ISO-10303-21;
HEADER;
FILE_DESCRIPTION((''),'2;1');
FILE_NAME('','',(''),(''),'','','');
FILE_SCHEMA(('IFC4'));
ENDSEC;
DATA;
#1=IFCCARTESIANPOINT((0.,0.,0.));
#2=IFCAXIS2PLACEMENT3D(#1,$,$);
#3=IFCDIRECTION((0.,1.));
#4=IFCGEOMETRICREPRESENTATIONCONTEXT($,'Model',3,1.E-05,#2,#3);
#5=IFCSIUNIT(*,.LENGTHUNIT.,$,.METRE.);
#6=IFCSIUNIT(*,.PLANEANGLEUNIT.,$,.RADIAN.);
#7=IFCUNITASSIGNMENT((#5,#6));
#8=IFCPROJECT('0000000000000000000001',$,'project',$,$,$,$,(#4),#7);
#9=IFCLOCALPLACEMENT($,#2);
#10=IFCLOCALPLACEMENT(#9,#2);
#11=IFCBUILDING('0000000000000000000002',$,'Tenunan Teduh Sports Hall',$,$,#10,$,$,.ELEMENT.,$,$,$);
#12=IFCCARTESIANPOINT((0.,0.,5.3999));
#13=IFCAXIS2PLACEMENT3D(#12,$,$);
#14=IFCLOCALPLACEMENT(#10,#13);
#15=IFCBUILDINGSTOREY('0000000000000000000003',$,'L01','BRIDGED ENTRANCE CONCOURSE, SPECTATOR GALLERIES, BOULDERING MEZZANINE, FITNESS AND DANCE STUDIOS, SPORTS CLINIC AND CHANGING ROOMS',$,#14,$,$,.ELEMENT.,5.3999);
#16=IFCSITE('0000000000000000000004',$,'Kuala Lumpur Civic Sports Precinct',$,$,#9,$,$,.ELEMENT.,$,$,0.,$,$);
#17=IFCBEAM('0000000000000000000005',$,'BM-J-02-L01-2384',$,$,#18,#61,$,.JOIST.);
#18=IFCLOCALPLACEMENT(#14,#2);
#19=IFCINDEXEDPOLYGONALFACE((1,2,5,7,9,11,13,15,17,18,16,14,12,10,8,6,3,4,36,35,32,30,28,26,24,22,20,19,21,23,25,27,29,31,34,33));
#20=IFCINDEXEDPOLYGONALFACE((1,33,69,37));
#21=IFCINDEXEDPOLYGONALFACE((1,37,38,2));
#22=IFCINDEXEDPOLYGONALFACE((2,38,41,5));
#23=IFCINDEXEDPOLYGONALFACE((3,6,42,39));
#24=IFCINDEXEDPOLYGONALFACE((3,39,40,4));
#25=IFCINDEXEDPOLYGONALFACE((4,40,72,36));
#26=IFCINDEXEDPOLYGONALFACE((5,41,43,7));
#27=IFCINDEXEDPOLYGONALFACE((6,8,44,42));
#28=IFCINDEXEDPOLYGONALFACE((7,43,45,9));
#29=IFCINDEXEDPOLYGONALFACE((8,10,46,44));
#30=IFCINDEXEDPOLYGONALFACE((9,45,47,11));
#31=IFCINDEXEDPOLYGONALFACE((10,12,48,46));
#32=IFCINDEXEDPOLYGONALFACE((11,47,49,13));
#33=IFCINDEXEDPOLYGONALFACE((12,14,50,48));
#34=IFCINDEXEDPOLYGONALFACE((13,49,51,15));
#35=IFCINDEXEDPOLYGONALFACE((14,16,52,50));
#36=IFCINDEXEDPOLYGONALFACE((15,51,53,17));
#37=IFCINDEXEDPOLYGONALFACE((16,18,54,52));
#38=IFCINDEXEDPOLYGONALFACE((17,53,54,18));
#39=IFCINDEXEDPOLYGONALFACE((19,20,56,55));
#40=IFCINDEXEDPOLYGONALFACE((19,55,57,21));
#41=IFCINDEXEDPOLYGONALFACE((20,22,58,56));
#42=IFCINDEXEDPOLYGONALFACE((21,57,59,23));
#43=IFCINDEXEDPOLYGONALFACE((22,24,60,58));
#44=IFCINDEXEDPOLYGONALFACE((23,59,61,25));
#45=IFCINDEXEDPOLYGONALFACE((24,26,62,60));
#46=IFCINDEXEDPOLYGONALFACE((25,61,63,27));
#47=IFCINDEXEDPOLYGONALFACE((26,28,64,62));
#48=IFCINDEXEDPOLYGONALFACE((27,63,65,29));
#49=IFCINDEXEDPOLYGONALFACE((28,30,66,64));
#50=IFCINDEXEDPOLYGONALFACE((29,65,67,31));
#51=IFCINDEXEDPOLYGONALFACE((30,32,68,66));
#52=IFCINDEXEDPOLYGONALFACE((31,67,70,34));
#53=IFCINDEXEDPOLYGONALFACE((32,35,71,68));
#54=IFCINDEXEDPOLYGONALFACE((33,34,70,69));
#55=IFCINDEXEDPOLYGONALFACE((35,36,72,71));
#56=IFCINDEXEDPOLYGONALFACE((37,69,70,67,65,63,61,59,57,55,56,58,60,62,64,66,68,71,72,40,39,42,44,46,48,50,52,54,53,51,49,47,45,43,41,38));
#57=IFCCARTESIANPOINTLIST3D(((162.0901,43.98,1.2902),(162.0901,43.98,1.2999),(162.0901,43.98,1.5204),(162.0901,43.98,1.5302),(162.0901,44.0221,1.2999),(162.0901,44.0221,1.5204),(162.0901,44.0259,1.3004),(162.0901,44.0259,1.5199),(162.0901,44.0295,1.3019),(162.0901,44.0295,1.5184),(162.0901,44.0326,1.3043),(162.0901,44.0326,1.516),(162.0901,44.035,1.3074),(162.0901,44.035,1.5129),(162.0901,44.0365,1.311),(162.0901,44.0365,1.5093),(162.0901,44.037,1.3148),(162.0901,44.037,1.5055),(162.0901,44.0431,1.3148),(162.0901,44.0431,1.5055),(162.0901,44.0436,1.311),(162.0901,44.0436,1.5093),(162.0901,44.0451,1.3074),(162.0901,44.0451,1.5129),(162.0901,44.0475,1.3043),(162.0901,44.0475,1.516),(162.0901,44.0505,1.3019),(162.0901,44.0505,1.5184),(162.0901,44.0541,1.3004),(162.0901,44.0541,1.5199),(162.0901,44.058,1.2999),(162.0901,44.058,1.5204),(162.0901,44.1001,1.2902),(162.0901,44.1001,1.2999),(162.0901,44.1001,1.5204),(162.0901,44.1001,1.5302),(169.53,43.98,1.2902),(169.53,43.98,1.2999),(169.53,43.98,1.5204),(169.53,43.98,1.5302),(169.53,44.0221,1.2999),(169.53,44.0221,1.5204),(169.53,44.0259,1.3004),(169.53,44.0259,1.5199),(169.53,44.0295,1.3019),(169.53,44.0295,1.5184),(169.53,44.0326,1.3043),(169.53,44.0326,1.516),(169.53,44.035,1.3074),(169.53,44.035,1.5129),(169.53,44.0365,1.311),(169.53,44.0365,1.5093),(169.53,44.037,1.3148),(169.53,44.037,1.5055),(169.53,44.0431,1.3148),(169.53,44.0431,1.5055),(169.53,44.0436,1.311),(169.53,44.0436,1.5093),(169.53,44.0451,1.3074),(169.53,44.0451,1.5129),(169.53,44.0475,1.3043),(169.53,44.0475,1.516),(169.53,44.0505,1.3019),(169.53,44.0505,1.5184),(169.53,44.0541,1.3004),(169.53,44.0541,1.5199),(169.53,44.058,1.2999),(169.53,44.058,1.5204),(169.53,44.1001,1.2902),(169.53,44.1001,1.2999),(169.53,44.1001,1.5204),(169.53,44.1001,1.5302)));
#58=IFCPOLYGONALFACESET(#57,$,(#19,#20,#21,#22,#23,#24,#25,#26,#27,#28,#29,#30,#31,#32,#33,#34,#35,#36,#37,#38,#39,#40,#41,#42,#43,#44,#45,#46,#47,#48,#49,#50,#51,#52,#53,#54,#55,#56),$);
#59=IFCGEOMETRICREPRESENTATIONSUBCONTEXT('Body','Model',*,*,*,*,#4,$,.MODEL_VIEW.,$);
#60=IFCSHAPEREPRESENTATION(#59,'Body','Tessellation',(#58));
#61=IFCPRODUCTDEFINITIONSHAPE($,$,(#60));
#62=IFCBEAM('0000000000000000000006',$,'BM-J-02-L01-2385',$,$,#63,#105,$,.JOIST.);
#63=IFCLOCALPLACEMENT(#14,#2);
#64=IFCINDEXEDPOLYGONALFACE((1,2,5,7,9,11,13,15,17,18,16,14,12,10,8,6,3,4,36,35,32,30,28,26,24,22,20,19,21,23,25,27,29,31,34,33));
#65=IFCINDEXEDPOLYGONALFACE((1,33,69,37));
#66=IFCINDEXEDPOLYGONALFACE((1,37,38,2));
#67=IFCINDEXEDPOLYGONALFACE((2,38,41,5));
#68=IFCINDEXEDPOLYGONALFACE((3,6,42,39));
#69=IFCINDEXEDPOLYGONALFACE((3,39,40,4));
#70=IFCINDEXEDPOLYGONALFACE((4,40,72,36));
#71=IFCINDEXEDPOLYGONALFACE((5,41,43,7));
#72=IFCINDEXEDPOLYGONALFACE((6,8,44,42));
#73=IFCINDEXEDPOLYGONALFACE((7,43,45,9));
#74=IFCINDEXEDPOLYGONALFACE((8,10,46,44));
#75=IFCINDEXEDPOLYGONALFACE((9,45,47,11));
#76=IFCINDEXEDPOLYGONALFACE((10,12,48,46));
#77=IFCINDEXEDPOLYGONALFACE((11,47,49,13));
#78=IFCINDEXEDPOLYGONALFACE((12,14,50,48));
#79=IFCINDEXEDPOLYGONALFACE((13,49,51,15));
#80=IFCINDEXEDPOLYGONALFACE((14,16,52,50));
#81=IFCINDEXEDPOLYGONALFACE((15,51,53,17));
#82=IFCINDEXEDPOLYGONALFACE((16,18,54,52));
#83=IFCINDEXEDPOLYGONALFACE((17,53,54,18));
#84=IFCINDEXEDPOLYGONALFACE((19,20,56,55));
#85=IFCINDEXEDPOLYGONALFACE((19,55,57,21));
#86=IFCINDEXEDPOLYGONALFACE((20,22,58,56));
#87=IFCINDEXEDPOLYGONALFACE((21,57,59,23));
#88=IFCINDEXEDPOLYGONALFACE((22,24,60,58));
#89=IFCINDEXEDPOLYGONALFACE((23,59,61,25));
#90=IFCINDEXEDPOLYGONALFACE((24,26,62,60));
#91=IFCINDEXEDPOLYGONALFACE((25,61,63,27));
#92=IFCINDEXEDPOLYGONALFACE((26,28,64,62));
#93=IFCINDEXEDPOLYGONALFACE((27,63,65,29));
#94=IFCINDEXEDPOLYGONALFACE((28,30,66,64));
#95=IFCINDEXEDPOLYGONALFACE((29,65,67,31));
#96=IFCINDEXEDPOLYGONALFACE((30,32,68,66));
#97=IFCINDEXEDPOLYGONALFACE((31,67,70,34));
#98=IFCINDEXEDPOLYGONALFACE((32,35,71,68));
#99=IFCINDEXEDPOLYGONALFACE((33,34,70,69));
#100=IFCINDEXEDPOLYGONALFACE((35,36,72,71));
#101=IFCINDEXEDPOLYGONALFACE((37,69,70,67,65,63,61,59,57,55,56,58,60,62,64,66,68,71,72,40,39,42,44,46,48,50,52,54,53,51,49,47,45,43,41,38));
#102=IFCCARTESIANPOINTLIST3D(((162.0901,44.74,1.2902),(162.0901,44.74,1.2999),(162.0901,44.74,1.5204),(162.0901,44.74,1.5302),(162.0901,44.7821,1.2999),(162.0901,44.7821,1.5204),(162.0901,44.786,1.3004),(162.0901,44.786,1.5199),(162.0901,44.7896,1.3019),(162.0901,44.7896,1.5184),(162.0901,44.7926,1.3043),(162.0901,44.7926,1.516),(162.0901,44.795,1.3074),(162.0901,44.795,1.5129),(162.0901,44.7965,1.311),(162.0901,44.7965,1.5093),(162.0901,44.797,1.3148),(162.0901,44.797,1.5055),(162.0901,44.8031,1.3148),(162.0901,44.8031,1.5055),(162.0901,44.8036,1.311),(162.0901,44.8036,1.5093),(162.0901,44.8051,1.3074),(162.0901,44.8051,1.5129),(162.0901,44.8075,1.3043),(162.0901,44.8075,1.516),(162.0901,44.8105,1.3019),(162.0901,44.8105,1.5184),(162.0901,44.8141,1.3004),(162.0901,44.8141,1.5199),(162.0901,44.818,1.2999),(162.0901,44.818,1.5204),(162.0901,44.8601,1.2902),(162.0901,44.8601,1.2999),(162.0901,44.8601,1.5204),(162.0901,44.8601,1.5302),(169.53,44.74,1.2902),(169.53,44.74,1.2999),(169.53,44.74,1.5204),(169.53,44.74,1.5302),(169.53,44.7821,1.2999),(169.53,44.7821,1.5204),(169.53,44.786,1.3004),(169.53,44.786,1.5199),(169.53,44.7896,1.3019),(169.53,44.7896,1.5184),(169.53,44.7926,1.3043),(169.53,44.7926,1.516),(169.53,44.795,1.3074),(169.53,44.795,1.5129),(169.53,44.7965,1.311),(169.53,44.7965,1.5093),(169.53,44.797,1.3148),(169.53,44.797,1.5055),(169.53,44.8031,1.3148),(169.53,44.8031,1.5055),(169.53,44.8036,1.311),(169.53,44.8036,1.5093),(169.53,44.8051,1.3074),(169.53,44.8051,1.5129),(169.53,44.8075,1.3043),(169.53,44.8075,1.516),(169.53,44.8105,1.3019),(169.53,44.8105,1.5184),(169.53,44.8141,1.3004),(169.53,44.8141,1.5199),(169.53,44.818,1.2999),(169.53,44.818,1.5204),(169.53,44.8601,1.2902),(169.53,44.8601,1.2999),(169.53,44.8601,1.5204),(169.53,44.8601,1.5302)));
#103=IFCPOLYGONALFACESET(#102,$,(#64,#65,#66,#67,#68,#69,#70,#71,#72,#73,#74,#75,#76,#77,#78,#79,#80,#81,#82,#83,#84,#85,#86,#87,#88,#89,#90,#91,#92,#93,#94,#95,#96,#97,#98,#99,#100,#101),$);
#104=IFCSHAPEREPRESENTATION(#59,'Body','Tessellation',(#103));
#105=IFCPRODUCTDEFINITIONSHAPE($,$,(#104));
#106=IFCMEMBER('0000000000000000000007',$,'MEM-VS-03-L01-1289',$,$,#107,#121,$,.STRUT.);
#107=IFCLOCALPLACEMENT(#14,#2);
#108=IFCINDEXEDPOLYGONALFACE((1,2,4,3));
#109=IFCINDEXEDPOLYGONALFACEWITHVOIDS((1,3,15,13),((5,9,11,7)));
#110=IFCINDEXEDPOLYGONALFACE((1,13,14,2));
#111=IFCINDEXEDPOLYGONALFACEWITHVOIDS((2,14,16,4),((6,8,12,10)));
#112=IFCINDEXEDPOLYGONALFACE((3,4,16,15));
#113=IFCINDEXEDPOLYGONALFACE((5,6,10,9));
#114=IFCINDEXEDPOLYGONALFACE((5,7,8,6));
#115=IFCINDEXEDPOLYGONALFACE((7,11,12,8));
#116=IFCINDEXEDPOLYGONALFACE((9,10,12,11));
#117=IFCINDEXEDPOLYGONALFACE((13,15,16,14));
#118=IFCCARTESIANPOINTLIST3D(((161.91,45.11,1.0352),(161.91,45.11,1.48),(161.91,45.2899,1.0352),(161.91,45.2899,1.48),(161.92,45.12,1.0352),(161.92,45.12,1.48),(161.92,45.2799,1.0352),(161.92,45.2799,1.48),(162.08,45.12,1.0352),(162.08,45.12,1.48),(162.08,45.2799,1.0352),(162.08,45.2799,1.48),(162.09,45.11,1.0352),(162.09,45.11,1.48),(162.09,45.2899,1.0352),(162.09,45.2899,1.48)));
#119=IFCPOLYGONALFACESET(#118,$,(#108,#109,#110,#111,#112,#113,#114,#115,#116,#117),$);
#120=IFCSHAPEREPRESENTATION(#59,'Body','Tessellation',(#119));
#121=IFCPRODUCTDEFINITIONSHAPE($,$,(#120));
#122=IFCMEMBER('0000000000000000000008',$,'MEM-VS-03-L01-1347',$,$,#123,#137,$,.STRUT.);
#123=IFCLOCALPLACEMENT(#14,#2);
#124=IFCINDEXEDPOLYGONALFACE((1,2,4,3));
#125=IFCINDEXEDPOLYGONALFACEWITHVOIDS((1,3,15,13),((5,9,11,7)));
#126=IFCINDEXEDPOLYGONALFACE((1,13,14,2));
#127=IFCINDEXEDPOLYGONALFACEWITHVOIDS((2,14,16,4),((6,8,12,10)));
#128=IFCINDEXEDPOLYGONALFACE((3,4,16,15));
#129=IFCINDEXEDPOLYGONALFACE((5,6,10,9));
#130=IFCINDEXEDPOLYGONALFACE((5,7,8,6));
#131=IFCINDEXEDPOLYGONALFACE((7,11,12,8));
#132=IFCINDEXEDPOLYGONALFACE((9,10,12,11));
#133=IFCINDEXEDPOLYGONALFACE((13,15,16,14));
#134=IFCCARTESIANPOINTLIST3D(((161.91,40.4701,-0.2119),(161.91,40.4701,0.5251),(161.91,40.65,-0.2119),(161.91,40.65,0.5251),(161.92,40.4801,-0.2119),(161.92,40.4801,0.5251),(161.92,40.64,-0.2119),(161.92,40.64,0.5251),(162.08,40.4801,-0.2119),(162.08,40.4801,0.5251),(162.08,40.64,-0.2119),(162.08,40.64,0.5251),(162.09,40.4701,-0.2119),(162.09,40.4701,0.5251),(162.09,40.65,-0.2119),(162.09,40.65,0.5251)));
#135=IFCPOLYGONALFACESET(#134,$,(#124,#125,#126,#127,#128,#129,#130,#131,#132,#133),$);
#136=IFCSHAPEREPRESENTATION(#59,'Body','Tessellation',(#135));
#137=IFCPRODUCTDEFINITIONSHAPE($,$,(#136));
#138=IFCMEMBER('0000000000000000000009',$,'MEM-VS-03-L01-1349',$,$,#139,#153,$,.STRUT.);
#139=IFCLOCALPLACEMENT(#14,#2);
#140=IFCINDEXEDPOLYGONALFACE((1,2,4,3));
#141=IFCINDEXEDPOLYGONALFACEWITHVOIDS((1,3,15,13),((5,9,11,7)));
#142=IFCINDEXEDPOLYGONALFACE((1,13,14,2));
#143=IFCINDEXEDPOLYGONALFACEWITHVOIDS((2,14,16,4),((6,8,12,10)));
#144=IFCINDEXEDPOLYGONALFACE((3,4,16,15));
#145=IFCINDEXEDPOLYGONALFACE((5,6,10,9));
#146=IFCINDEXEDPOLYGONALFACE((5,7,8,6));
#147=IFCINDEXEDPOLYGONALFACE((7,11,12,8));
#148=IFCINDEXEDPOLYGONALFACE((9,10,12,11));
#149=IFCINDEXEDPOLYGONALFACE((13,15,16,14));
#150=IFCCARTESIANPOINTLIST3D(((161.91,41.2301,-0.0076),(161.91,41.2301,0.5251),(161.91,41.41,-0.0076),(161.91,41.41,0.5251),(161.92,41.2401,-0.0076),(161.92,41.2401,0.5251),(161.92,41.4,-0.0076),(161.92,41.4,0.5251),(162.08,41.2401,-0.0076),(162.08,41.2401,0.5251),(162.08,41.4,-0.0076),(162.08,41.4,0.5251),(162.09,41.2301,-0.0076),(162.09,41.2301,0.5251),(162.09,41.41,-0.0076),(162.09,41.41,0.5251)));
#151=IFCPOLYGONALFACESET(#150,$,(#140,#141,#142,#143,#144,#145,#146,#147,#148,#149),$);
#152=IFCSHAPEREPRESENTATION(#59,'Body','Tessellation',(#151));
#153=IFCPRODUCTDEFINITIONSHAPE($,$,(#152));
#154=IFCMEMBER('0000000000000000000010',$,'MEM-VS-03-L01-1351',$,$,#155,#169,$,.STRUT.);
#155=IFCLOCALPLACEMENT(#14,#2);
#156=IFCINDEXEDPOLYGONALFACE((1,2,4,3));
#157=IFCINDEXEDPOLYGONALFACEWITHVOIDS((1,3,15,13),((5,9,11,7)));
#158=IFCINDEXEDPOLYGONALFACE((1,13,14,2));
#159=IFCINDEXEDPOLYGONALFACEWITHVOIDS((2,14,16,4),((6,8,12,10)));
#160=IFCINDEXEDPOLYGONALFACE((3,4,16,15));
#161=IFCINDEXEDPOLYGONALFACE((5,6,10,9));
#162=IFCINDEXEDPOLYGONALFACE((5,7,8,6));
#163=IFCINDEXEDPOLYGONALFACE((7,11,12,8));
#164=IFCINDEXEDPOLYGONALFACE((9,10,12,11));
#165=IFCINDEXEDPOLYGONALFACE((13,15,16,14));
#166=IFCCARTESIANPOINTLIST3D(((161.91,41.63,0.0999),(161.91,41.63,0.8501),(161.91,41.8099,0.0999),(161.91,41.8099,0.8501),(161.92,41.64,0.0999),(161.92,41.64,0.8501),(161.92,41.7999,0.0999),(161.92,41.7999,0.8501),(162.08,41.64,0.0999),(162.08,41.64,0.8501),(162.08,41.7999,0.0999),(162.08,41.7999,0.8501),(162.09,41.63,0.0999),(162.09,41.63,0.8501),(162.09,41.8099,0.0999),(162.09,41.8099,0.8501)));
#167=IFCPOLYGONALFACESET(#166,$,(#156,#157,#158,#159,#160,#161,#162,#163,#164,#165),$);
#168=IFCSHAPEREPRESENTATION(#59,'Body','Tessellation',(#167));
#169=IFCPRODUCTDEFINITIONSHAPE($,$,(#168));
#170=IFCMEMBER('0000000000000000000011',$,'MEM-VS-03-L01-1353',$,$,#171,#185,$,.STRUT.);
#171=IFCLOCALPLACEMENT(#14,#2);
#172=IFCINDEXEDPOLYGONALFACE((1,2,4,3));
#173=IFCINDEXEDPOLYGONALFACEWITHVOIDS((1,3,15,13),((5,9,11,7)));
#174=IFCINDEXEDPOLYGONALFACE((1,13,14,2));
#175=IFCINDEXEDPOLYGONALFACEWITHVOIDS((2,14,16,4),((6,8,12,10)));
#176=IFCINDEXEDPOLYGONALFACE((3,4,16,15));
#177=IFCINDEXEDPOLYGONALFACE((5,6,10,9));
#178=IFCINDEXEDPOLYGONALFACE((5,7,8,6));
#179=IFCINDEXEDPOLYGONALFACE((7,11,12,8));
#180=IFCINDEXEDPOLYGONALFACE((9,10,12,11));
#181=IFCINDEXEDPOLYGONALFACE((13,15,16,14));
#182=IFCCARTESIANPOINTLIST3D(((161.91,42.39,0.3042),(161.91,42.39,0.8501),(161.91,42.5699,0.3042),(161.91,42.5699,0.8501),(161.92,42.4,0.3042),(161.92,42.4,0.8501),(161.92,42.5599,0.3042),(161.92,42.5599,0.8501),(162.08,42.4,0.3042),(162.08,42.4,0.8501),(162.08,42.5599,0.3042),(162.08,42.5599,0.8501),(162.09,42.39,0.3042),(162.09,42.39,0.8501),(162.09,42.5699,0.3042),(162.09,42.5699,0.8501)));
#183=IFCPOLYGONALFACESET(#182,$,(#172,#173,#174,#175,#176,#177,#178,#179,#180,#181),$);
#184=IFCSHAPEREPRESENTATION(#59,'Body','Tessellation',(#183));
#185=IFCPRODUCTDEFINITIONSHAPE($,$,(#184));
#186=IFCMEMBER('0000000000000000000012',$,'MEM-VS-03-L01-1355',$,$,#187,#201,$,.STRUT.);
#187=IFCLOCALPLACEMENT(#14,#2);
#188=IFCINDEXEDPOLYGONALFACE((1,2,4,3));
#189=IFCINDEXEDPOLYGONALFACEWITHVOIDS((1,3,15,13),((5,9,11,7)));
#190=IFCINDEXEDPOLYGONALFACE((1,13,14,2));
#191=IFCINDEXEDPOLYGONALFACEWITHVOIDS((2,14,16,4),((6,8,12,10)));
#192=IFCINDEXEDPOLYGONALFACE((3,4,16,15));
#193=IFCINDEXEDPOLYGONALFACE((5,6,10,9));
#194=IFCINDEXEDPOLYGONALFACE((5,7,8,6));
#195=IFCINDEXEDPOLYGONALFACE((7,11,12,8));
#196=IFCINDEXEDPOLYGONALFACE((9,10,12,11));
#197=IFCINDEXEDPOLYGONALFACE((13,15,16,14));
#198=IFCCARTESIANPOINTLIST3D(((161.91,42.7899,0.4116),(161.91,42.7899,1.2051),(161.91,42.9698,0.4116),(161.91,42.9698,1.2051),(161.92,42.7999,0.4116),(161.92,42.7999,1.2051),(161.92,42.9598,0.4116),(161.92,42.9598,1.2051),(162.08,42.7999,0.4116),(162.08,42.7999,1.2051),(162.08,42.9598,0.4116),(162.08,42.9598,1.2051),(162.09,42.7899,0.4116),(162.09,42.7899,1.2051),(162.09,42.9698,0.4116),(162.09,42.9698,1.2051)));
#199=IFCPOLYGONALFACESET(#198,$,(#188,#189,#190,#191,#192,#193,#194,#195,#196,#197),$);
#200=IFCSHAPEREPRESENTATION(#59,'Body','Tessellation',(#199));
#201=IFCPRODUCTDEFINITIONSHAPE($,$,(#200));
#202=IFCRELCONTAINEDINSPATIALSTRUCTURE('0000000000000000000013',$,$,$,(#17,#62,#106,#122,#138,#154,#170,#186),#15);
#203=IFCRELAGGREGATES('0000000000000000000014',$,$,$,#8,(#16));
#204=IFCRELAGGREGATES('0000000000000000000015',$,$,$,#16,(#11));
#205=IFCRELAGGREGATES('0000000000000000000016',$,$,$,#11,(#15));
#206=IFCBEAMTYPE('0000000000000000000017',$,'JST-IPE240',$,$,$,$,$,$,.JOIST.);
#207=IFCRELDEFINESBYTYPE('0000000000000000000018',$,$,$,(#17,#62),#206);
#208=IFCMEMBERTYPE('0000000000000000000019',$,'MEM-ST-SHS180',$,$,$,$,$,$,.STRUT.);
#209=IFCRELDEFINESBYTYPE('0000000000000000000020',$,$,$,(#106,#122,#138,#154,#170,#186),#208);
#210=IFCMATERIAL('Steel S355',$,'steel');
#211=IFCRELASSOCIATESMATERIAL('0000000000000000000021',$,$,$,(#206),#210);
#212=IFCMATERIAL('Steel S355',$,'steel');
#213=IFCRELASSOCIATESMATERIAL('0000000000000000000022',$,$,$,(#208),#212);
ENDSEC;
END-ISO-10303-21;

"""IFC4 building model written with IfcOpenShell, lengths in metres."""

from ifc_helpers import new_model, si_unit, direction, frame, origin, origin_2d, place, context, subcontext, project, spatial, hollow_rectangle, i_section, extrude, material, material_profile, profile_set, type_object, element, save


model = new_model("IFC4")

# Units and contexts
model_context = context("Model", 3, precision=1e-05, world=origin(), true_north=direction((0.0, 1.0)))
body_context = subcontext(model_context, "Body", "Model", "MODEL_VIEW")
ifc_project = project(units=[si_unit("LENGTHUNIT", "METRE"), si_unit("PLANEANGLEUNIT", "RADIAN")], contexts=[model_context])

# Site, building, storey
site_placement = place(None, origin())
site = spatial("IfcSite", under=ifc_project, at=site_placement, Name="Kuala Lumpur Civic Sports Precinct", CompositionType="ELEMENT", RefElevation=0.0)
building_placement = place(site_placement, origin())
building = spatial("IfcBuilding", under=site, at=building_placement, Name="Tenunan Teduh Sports Hall", CompositionType="ELEMENT")
storey_placement = place(building_placement, frame((0.0, 0.0, 5.3999)))
storey = spatial("IfcBuildingStorey", under=building, at=storey_placement, Name="L01", Description="BRIDGED ENTRANCE CONCOURSE, SPECTATOR GALLERIES, BOULDERING MEZZANINE, FITNESS AND DANCE STUDIOS, SPORTS CLINIC AND CHANGING ROOMS", CompositionType="ELEMENT", Elevation=5.3999)

# Beams
ifc_material_1 = material(Name="Steel S355", Category="steel")
ifc_material_profile_1 = material_profile(ifc_material_1, i_section(OverallWidth=0.1201, OverallDepth=0.24, WebThickness=0.0061, FlangeThickness=0.0098, FilletRadius=0.0149, at=origin_2d()), Name="IPE 240")
ifc_profile_set_1 = profile_set([ifc_material_profile_1], Name="Steel S355")
beam_type_1 = type_object("IfcBeamType", Name="JST-IPE240", PredefinedType="JOIST", material=ifc_profile_set_1)
for number, where, z_axis, x_axis, name in (
    (1, (162.0901, 44.04, 1.4102), (1.0, 0.0, 0.0), (0.0, 1.0, 0.0), "BM-J-02-L01-2384"),
    (2, (162.0901, 44.8, 1.4102), (1.0, 0.0, 0.0), (0.0, 1.0, 0.0), "BM-J-02-L01-2385"),
):
    element("IfcBeam", number, at=place(storey_placement, frame(where, z_axis=z_axis, x_axis=x_axis)), inside=storey, type_object=beam_type_1, Name=name, PredefinedType="JOIST", context=body_context, shape_type="SweptSolid", body=[
        extrude(i_section(OverallWidth=0.1201, OverallDepth=0.24, WebThickness=0.0061, FlangeThickness=0.0098, FilletRadius=0.0149, at=origin_2d()), origin(), (0.0, 0.0, 1.0), 7.4399),
    ])

# Members
ifc_material_2 = material(Name="Steel S355", Category="steel")
ifc_material_profile_2 = material_profile(ifc_material_2, hollow_rectangle(XDim=0.1799, YDim=0.1799, WallThickness=0.01, at=origin_2d()), Name="SHS 180x180x10.0")
ifc_profile_set_2 = profile_set([ifc_material_profile_2], Name="Steel S355")
member_type_1 = type_object("IfcMemberType", Name="MEM-ST-SHS180", PredefinedType="STRUT", material=ifc_profile_set_2)
member_1_placement = place(storey_placement, frame((162.0, 45.2, 1.0352), z_axis=(0.0, 0.0, 1.0), x_axis=(1.0, 0.0, 0.0)))
element("IfcMember", 3, at=member_1_placement, inside=storey, type_object=member_type_1, Name="MEM-VS-03-L01-1289", PredefinedType="STRUT", context=body_context, shape_type="SweptSolid", body=[
    extrude(hollow_rectangle(XDim=0.1799, YDim=0.1799, WallThickness=0.01, at=origin_2d()), origin(), (0.0, 0.0, 1.0), 0.4448),
])
member_2_placement = place(storey_placement, frame((162.0, 40.5601, -0.2119), z_axis=(0.0, 0.0, 1.0), x_axis=(1.0, 0.0, 0.0)))
element("IfcMember", 4, at=member_2_placement, inside=storey, type_object=member_type_1, Name="MEM-VS-03-L01-1347", PredefinedType="STRUT", context=body_context, shape_type="SweptSolid", body=[
    extrude(hollow_rectangle(XDim=0.1799, YDim=0.1799, WallThickness=0.01, at=origin_2d()), origin(), (0.0, 0.0, 1.0), 0.7371),
])
member_3_placement = place(storey_placement, frame((162.0, 41.3201, -0.0076), z_axis=(0.0, 0.0, 1.0), x_axis=(1.0, 0.0, 0.0)))
element("IfcMember", 5, at=member_3_placement, inside=storey, type_object=member_type_1, Name="MEM-VS-03-L01-1349", PredefinedType="STRUT", context=body_context, shape_type="SweptSolid", body=[
    extrude(hollow_rectangle(XDim=0.1799, YDim=0.1799, WallThickness=0.01, at=origin_2d()), origin(), (0.0, 0.0, 1.0), 0.5327),
])
member_4_placement = place(storey_placement, frame((162.0, 41.72, 0.0999), z_axis=(0.0, 0.0, 1.0), x_axis=(1.0, 0.0, 0.0)))
element("IfcMember", 6, at=member_4_placement, inside=storey, type_object=member_type_1, Name="MEM-VS-03-L01-1351", PredefinedType="STRUT", context=body_context, shape_type="SweptSolid", body=[
    extrude(hollow_rectangle(XDim=0.1799, YDim=0.1799, WallThickness=0.01, at=origin_2d()), origin(), (0.0, 0.0, 1.0), 0.7502),
])
member_5_placement = place(storey_placement, frame((162.0, 42.48, 0.3042), z_axis=(0.0, 0.0, 1.0), x_axis=(1.0, 0.0, 0.0)))
element("IfcMember", 7, at=member_5_placement, inside=storey, type_object=member_type_1, Name="MEM-VS-03-L01-1353", PredefinedType="STRUT", context=body_context, shape_type="SweptSolid", body=[
    extrude(hollow_rectangle(XDim=0.1799, YDim=0.1799, WallThickness=0.01, at=origin_2d()), origin(), (0.0, 0.0, 1.0), 0.5459),
])
member_6_placement = place(storey_placement, frame((162.0, 42.8799, 0.4116), z_axis=(0.0, 0.0, 1.0), x_axis=(1.0, 0.0, 0.0)))
element("IfcMember", 8, at=member_6_placement, inside=storey, type_object=member_type_1, Name="MEM-VS-03-L01-1355", PredefinedType="STRUT", context=body_context, shape_type="SweptSolid", body=[
    extrude(hollow_rectangle(XDim=0.1799, YDim=0.1799, WallThickness=0.01, at=origin_2d()), origin(), (0.0, 0.0, 1.0), 0.7935),
])

save(model, "model.ifc")
